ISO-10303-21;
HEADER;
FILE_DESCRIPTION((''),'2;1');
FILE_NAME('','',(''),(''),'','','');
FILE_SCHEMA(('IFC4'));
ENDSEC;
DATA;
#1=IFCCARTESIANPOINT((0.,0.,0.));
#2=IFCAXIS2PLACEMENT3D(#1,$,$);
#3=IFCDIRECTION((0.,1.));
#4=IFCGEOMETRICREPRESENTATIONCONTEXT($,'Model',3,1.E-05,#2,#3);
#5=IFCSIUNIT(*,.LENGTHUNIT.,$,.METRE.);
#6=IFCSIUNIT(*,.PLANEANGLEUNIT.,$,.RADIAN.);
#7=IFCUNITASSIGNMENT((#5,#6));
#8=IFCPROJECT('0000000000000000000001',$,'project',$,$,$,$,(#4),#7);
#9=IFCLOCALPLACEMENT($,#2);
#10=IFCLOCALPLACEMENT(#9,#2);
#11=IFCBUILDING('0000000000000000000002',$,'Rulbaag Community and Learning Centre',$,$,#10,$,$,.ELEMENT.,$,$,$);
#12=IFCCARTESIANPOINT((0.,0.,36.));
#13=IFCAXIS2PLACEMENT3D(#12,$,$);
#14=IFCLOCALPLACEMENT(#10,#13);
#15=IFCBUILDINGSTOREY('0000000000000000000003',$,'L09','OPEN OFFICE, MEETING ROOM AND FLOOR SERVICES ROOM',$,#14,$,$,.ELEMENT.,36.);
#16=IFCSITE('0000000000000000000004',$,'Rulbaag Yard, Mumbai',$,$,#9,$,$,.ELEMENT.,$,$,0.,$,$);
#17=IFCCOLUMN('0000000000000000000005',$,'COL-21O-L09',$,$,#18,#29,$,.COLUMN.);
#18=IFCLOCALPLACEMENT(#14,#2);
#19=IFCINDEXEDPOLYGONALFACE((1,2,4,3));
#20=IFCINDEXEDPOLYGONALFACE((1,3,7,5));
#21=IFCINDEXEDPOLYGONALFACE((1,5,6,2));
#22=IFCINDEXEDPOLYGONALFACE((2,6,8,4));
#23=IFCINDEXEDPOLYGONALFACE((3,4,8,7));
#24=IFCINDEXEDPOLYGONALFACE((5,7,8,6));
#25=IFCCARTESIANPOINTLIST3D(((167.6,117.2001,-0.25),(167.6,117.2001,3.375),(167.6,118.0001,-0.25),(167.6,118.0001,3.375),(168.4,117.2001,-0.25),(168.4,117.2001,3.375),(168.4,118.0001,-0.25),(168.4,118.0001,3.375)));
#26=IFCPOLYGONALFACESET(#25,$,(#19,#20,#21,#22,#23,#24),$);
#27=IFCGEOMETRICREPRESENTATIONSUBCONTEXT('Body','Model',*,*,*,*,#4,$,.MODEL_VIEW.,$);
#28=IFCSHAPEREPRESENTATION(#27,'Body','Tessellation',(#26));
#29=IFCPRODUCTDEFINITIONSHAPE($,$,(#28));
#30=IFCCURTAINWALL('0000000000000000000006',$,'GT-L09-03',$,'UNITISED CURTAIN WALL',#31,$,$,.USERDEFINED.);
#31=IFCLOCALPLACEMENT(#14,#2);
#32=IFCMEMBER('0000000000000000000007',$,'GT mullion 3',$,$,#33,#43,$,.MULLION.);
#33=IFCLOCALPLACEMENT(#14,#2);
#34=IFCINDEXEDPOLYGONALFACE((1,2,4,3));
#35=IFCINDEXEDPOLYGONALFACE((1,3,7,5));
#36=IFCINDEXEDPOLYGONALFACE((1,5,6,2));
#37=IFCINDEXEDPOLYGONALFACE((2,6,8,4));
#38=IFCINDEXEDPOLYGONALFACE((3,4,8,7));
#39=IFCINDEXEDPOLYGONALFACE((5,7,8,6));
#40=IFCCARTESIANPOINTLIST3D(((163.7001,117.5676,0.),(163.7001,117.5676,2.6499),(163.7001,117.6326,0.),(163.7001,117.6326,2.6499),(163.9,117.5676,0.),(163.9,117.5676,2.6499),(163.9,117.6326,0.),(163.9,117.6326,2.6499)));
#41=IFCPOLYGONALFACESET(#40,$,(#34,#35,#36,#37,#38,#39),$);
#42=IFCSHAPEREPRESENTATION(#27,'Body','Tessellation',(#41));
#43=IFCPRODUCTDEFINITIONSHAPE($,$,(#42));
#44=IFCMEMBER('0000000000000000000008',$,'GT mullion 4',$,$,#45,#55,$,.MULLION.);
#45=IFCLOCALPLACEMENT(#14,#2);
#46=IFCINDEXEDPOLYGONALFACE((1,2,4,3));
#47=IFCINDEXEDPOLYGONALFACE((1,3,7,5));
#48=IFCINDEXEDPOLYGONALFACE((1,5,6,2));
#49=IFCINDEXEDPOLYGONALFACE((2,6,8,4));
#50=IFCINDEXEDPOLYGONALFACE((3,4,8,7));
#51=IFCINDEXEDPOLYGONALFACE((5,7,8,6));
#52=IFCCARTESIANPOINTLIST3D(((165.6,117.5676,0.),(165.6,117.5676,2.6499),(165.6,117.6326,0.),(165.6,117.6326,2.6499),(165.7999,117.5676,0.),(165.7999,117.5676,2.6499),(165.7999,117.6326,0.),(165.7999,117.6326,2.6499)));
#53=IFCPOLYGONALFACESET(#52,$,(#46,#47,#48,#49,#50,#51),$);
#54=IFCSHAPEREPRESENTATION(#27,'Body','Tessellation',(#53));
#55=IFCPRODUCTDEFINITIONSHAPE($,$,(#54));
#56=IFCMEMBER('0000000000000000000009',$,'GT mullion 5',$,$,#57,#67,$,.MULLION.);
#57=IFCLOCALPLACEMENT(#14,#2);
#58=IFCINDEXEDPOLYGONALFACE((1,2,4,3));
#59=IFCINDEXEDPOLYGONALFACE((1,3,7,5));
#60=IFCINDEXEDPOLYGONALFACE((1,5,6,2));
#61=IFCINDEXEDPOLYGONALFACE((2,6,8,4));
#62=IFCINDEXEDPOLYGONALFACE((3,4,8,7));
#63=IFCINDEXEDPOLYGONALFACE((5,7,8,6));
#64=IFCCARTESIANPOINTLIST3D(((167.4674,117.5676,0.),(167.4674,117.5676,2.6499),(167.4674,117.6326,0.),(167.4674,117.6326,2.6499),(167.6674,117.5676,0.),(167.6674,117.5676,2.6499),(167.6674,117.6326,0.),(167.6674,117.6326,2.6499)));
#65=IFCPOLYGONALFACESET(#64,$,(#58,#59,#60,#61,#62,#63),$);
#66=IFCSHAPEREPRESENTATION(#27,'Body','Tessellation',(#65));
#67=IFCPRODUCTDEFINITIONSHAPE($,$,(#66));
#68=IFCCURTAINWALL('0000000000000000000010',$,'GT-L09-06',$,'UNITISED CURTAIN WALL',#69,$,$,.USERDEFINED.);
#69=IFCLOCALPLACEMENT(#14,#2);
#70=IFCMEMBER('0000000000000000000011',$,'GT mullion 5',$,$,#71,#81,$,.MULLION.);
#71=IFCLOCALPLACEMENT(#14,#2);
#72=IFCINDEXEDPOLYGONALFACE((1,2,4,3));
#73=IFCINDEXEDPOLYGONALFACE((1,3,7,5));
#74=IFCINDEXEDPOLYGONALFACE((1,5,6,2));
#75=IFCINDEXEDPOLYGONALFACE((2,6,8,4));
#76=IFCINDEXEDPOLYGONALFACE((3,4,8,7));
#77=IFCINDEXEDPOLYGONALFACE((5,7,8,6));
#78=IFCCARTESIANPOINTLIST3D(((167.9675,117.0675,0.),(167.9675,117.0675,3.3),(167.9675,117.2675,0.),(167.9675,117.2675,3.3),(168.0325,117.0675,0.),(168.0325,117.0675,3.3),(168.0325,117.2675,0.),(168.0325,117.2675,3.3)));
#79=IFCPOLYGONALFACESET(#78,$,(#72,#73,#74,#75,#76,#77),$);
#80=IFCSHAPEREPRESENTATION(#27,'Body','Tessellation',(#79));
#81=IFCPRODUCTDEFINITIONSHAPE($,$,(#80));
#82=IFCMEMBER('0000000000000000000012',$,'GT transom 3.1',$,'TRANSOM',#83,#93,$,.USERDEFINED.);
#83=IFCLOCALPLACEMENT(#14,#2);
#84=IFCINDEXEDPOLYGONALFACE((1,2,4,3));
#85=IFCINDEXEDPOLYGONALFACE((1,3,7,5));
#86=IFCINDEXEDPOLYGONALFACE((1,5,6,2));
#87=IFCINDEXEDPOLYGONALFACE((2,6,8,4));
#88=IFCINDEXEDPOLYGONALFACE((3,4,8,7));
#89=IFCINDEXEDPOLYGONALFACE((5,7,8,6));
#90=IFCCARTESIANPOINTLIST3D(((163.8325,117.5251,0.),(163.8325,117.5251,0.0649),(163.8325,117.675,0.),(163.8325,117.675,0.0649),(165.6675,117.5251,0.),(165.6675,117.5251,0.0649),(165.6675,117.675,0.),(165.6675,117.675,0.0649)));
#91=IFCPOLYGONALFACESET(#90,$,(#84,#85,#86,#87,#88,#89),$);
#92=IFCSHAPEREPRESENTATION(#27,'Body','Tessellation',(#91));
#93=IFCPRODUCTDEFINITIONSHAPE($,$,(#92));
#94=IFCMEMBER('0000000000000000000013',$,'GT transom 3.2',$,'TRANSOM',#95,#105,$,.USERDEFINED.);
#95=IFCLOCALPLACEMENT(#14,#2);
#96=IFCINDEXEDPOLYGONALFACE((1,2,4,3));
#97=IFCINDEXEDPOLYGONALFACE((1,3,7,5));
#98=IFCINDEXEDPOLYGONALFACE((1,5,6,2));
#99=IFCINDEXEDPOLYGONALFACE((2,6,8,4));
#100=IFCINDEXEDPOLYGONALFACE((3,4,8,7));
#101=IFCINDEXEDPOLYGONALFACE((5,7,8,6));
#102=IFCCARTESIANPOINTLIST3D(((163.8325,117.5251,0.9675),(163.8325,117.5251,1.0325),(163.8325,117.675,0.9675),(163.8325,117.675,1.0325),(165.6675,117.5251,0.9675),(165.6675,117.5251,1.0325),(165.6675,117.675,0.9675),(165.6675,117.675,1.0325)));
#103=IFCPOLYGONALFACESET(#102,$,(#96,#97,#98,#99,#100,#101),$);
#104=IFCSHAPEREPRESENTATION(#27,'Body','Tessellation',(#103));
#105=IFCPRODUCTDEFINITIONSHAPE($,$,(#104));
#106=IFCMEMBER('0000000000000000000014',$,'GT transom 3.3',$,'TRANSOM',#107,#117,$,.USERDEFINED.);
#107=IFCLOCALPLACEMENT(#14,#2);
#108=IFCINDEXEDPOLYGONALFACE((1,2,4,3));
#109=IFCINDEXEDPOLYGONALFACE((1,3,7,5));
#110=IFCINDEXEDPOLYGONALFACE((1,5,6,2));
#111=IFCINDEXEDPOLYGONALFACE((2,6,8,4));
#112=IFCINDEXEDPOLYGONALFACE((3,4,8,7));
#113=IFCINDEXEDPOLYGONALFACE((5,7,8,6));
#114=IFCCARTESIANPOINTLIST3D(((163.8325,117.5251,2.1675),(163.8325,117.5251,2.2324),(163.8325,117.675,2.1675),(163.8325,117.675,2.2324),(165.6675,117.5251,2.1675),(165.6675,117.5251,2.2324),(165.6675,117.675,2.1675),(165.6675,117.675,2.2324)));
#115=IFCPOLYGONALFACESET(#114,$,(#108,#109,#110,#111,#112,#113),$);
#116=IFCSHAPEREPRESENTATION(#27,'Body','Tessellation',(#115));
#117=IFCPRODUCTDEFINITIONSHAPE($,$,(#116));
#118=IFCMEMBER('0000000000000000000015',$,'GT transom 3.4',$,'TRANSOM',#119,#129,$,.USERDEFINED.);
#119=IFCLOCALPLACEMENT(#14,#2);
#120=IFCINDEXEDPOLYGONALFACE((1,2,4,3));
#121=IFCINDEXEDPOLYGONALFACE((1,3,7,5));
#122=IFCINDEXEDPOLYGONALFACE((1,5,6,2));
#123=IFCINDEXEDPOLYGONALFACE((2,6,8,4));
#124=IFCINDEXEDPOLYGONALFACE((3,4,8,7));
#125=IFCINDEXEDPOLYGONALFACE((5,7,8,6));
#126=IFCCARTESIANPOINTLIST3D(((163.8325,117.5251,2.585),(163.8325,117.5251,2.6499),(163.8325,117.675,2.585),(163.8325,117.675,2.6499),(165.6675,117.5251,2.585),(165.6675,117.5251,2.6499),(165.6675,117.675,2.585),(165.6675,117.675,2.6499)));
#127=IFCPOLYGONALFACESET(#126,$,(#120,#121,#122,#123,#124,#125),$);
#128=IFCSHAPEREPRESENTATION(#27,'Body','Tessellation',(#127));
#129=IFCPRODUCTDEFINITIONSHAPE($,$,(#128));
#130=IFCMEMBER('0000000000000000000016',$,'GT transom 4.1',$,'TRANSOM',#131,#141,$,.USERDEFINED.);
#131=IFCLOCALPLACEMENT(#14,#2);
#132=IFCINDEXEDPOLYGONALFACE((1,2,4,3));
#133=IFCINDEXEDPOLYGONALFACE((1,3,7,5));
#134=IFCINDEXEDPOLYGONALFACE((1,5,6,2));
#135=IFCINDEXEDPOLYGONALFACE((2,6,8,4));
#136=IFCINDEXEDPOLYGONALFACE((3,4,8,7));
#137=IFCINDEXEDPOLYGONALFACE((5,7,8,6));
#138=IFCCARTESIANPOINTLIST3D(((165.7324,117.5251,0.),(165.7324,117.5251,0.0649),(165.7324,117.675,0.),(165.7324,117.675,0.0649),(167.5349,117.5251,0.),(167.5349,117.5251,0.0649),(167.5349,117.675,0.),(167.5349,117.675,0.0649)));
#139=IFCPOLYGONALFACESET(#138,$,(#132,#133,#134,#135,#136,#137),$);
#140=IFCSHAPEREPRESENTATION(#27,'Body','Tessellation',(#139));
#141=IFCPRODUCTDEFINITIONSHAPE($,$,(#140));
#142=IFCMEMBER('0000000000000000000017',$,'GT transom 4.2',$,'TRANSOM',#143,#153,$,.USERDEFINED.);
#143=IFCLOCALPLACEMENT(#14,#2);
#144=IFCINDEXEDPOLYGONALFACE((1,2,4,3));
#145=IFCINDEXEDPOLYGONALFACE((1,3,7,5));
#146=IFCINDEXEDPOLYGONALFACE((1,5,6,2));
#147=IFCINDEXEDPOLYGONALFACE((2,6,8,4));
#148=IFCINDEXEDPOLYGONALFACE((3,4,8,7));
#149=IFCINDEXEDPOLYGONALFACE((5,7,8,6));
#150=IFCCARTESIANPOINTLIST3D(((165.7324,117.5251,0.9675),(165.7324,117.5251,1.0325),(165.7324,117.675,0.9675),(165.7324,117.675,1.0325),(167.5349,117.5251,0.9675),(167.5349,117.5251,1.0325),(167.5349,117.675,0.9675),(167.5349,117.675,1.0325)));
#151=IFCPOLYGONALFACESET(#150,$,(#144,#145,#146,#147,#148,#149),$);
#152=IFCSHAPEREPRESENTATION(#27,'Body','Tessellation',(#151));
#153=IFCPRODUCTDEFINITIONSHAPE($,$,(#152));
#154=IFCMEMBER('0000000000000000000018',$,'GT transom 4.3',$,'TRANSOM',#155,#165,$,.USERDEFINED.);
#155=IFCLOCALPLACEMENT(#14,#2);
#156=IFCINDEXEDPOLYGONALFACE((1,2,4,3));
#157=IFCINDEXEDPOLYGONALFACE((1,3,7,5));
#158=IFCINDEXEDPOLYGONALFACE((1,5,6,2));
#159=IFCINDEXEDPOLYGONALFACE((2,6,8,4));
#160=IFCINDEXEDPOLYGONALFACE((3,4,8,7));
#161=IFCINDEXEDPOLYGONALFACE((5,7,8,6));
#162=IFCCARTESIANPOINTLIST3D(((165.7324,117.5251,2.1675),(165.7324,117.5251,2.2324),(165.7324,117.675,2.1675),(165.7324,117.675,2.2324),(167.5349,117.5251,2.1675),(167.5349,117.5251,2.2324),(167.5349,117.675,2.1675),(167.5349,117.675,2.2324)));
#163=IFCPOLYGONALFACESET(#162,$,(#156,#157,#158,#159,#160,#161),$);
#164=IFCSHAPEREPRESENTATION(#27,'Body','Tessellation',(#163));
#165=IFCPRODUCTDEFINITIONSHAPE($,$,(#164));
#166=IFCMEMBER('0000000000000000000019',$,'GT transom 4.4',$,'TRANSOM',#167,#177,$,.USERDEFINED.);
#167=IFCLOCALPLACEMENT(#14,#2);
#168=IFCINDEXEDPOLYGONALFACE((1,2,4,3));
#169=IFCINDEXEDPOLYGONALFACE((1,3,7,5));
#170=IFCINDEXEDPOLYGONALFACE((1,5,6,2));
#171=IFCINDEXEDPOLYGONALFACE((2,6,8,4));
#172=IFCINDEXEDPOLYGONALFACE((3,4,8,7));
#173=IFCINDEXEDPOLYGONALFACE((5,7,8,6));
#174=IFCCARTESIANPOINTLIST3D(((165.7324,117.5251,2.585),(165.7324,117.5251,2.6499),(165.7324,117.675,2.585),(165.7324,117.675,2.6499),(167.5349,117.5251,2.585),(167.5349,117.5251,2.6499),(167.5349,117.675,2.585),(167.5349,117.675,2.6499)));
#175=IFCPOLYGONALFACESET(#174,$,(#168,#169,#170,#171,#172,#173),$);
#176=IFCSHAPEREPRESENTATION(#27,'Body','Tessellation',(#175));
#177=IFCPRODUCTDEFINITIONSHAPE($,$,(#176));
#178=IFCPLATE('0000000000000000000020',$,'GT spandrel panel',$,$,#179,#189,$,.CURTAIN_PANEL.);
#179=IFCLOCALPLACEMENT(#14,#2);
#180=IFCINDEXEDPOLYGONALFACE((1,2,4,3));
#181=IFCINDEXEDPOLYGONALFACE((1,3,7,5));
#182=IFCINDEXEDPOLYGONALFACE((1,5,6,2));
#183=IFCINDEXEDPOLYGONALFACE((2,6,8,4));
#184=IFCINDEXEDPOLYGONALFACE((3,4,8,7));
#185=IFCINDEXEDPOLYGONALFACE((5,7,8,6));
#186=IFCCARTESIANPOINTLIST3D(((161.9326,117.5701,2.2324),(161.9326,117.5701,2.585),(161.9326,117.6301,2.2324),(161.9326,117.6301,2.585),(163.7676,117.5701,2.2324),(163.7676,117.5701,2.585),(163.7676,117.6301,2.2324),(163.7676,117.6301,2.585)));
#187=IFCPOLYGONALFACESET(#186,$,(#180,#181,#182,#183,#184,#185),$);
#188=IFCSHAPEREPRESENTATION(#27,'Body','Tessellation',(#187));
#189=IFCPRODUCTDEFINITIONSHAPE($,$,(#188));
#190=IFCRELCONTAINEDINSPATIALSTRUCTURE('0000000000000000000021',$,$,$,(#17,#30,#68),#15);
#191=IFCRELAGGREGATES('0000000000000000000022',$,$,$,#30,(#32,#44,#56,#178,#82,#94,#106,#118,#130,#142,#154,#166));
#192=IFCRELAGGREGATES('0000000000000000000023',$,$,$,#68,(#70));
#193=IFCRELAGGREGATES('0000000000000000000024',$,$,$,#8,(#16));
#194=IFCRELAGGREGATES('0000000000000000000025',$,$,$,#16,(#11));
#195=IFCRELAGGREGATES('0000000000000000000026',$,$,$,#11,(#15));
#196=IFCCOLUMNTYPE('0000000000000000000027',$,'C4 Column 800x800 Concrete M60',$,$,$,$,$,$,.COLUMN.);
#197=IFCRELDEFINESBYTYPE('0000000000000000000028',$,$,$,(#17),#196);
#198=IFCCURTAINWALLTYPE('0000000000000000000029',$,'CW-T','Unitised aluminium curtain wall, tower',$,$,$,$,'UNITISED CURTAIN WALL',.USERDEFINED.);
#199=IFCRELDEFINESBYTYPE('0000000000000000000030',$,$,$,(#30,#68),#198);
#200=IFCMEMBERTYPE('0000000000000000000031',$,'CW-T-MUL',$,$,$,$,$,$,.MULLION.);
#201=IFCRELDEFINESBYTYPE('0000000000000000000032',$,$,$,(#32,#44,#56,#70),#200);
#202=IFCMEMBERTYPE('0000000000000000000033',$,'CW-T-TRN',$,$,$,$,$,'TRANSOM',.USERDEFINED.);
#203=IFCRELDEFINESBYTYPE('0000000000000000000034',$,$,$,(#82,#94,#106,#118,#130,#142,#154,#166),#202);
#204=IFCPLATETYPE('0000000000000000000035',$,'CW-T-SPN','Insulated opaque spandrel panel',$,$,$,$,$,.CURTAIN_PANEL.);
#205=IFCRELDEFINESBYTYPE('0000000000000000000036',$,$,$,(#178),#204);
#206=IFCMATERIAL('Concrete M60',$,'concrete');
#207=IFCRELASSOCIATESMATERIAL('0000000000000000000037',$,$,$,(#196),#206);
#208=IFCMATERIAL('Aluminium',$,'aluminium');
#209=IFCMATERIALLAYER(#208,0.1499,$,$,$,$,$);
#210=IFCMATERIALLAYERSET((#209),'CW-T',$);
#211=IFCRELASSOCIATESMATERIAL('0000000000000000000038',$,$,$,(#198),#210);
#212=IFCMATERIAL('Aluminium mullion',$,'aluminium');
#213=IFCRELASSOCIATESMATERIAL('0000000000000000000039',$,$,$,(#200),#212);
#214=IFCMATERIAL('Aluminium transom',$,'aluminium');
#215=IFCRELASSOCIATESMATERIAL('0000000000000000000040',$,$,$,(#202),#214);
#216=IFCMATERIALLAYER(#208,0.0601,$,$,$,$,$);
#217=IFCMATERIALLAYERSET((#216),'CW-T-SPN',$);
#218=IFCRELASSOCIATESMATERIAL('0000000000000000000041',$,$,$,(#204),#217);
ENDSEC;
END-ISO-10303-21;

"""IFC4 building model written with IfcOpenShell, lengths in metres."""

from ifc_helpers import new_model, si_unit, direction, frame, origin, origin_2d, place, context, subcontext, project, spatial, rectangle, extrude, material, layer, layer_set, material_profile, profile_set, type_object, element, aggregate, save


model = new_model("IFC4")

# Units and contexts
model_context = context("Model", 3, precision=1e-05, world=origin(), true_north=direction((0.0, 1.0)))
body_context = subcontext(model_context, "Body", "Model", "MODEL_VIEW")
ifc_project = project(units=[si_unit("LENGTHUNIT", "METRE"), si_unit("PLANEANGLEUNIT", "RADIAN")], contexts=[model_context])

# Site, building, storey
site_placement = place(None, origin())
site = spatial("IfcSite", under=ifc_project, at=site_placement, Name="Rulbaag Yard, Mumbai", CompositionType="ELEMENT", RefElevation=0.0)
building_placement = place(site_placement, origin())
building = spatial("IfcBuilding", under=site, at=building_placement, Name="Rulbaag Community and Learning Centre", CompositionType="ELEMENT")
storey_placement = place(building_placement, frame((0.0, 0.0, 36.0)))
storey = spatial("IfcBuildingStorey", under=building, at=storey_placement, Name="L09", Description="OPEN OFFICE, MEETING ROOM AND FLOOR SERVICES ROOM", CompositionType="ELEMENT", Elevation=36.0)

# Column
ifc_material_1 = material(Name="Concrete M60", Category="concrete")
ifc_material_profile_1 = material_profile(ifc_material_1, rectangle(XDim=0.8, YDim=0.8, at=origin_2d()), Name="RC800x800")
ifc_profile_set_1 = profile_set([ifc_material_profile_1], Name="Concrete M60")
column_type = type_object("IfcColumnType", Name="C4 Column 800x800 Concrete M60", PredefinedType="COLUMN", material=ifc_profile_set_1)
column_placement = place(storey_placement, frame((168.0, 117.6001, -0.25), z_axis=(0.0, 0.0, 1.0), x_axis=(1.0, 0.0, 0.0)))
element("IfcColumn", 1, at=column_placement, inside=storey, type_object=column_type, Name="COL-21O-L09", PredefinedType="COLUMN", context=body_context, shape_type="SweptSolid", body=[
    extrude(rectangle(XDim=0.8, YDim=0.8, at=origin_2d()), origin(), (0.0, 0.0, 1.0), 3.625),
])

# Curtain wall, members
ifc_material_2 = material(Name="Aluminium", Category="aluminium")
ifc_layer_1 = layer(ifc_material_2, 0.1499)
ifc_layer_set_1 = layer_set([ifc_layer_1], Name="CW-T")
curtain_wall_type = type_object("IfcCurtainWallType", Name="CW-T", Description="Unitised aluminium curtain wall, tower", ElementType="UNITISED CURTAIN WALL", PredefinedType="USERDEFINED", material=ifc_layer_set_1)
curtain_wall_1_placement = place(storey_placement, origin())
curtain_wall_1 = element("IfcCurtainWall", 2, at=curtain_wall_1_placement, inside=storey, type_object=curtain_wall_type, Name="GT-L09-03", ObjectType="UNITISED CURTAIN WALL", PredefinedType="USERDEFINED")
ifc_material_3 = material(Name="Aluminium mullion", Category="aluminium")
ifc_material_profile_2 = material_profile(ifc_material_3, rectangle(XDim=0.0649, YDim=0.2, at=origin_2d()), Name="AL 65x200")
ifc_profile_set_2 = profile_set([ifc_material_profile_2], Name="Aluminium mullion")
member_type_1 = type_object("IfcMemberType", Name="CW-T-MUL", PredefinedType="MULLION", material=ifc_profile_set_2)
member_1_placement = place(storey_placement, frame((163.8, 117.6001, 0.0), z_axis=(0.0, 0.0, 1.0), x_axis=(0.0, 1.0, 0.0)))
member_1 = element("IfcMember", 3, at=member_1_placement, type_object=member_type_1, Name="GT mullion 3", PredefinedType="MULLION", context=body_context, shape_type="SweptSolid", body=[
    extrude(rectangle(XDim=0.0649, YDim=0.2, at=origin_2d()), origin(), (0.0, 0.0, 1.0), 2.6499),
])
member_2_placement = place(storey_placement, frame((165.7, 117.6001, 0.0), z_axis=(0.0, 0.0, 1.0), x_axis=(0.0, 1.0, 0.0)))
member_2 = element("IfcMember", 4, at=member_2_placement, type_object=member_type_1, Name="GT mullion 4", PredefinedType="MULLION", context=body_context, shape_type="SweptSolid", body=[
    extrude(rectangle(XDim=0.0649, YDim=0.2, at=origin_2d()), origin(), (0.0, 0.0, 1.0), 2.6499),
])
member_3_placement = place(storey_placement, frame((167.5674, 117.6001, 0.0), z_axis=(0.0, 0.0, 1.0), x_axis=(0.0, 1.0, 0.0)))
member_3 = element("IfcMember", 5, at=member_3_placement, type_object=member_type_1, Name="GT mullion 5", PredefinedType="MULLION", context=body_context, shape_type="SweptSolid", body=[
    extrude(rectangle(XDim=0.0649, YDim=0.2, at=origin_2d()), origin(), (0.0, 0.0, 1.0), 2.6499),
])

# Curtain wall, member
curtain_wall_2_placement = place(storey_placement, origin())
curtain_wall_2 = element("IfcCurtainWall", 6, at=curtain_wall_2_placement, inside=storey, type_object=curtain_wall_type, Name="GT-L09-06", ObjectType="UNITISED CURTAIN WALL", PredefinedType="USERDEFINED")
member_4_placement = place(storey_placement, frame((168.0, 117.1675, 0.0), z_axis=(0.0, 0.0, 1.0), x_axis=(-1.0, 0.0, 0.0)))
member_4 = element("IfcMember", 7, at=member_4_placement, type_object=member_type_1, Name="GT mullion 5", PredefinedType="MULLION", context=body_context, shape_type="SweptSolid", body=[
    extrude(rectangle(XDim=0.0649, YDim=0.2, at=origin_2d()), origin(), (0.0, 0.0, 1.0), 3.3),
])

# Members
ifc_material_4 = material(Name="Aluminium transom", Category="aluminium")
ifc_material_profile_3 = material_profile(ifc_material_4, rectangle(XDim=0.1499, YDim=0.0649, at=origin_2d()), Name="AL 65x150 T")
ifc_profile_set_3 = profile_set([ifc_material_profile_3], Name="Aluminium transom")
member_type_2 = type_object("IfcMemberType", Name="CW-T-TRN", ElementType="TRANSOM", PredefinedType="USERDEFINED", material=ifc_profile_set_3)
member_5_placement = place(storey_placement, frame((163.8325, 117.6001, 0.0325), z_axis=(1.0, 0.0, 0.0), x_axis=(0.0, 1.0, 0.0)))
member_5 = element("IfcMember", 8, at=member_5_placement, type_object=member_type_2, Name="GT transom 3.1", ObjectType="TRANSOM", PredefinedType="USERDEFINED", context=body_context, shape_type="SweptSolid", body=[
    extrude(rectangle(XDim=0.1499, YDim=0.0649, at=origin_2d()), origin(), (0.0, 0.0, 1.0), 1.835),
])
member_6_placement = place(storey_placement, frame((163.8325, 117.6001, 1.0), z_axis=(1.0, 0.0, 0.0), x_axis=(0.0, 1.0, 0.0)))
member_6 = element("IfcMember", 9, at=member_6_placement, type_object=member_type_2, Name="GT transom 3.2", ObjectType="TRANSOM", PredefinedType="USERDEFINED", context=body_context, shape_type="SweptSolid", body=[
    extrude(rectangle(XDim=0.1499, YDim=0.0649, at=origin_2d()), origin(), (0.0, 0.0, 1.0), 1.835),
])
member_7_placement = place(storey_placement, frame((163.8325, 117.6001, 2.2), z_axis=(1.0, 0.0, 0.0), x_axis=(0.0, 1.0, 0.0)))
member_7 = element("IfcMember", 10, at=member_7_placement, type_object=member_type_2, Name="GT transom 3.3", ObjectType="TRANSOM", PredefinedType="USERDEFINED", context=body_context, shape_type="SweptSolid", body=[
    extrude(rectangle(XDim=0.1499, YDim=0.0649, at=origin_2d()), origin(), (0.0, 0.0, 1.0), 1.835),
])
member_8_placement = place(storey_placement, frame((163.8325, 117.6001, 2.6174), z_axis=(1.0, 0.0, 0.0), x_axis=(0.0, 1.0, 0.0)))
member_8 = element("IfcMember", 11, at=member_8_placement, type_object=member_type_2, Name="GT transom 3.4", ObjectType="TRANSOM", PredefinedType="USERDEFINED", context=body_context, shape_type="SweptSolid", body=[
    extrude(rectangle(XDim=0.1499, YDim=0.0649, at=origin_2d()), origin(), (0.0, 0.0, 1.0), 1.835),
])
member_9_placement = place(storey_placement, frame((165.7324, 117.6001, 0.0325), z_axis=(1.0, 0.0, 0.0), x_axis=(0.0, 1.0, 0.0)))
member_9 = element("IfcMember", 12, at=member_9_placement, type_object=member_type_2, Name="GT transom 4.1", ObjectType="TRANSOM", PredefinedType="USERDEFINED", context=body_context, shape_type="SweptSolid", body=[
    extrude(rectangle(XDim=0.1499, YDim=0.0649, at=origin_2d()), origin(), (0.0, 0.0, 1.0), 1.8025),
])
member_10_placement = place(storey_placement, frame((165.7324, 117.6001, 1.0), z_axis=(1.0, 0.0, 0.0), x_axis=(0.0, 1.0, 0.0)))
member_10 = element("IfcMember", 13, at=member_10_placement, type_object=member_type_2, Name="GT transom 4.2", ObjectType="TRANSOM", PredefinedType="USERDEFINED", context=body_context, shape_type="SweptSolid", body=[
    extrude(rectangle(XDim=0.1499, YDim=0.0649, at=origin_2d()), origin(), (0.0, 0.0, 1.0), 1.8025),
])
member_11_placement = place(storey_placement, frame((165.7324, 117.6001, 2.2), z_axis=(1.0, 0.0, 0.0), x_axis=(0.0, 1.0, 0.0)))
member_11 = element("IfcMember", 14, at=member_11_placement, type_object=member_type_2, Name="GT transom 4.3", ObjectType="TRANSOM", PredefinedType="USERDEFINED", context=body_context, shape_type="SweptSolid", body=[
    extrude(rectangle(XDim=0.1499, YDim=0.0649, at=origin_2d()), origin(), (0.0, 0.0, 1.0), 1.8025),
])
member_12_placement = place(storey_placement, frame((165.7324, 117.6001, 2.6174), z_axis=(1.0, 0.0, 0.0), x_axis=(0.0, 1.0, 0.0)))
member_12 = element("IfcMember", 15, at=member_12_placement, type_object=member_type_2, Name="GT transom 4.4", ObjectType="TRANSOM", PredefinedType="USERDEFINED", context=body_context, shape_type="SweptSolid", body=[
    extrude(rectangle(XDim=0.1499, YDim=0.0649, at=origin_2d()), origin(), (0.0, 0.0, 1.0), 1.8025),
])

# Plate
ifc_layer_2 = layer(ifc_material_2, 0.0601)
ifc_layer_set_2 = layer_set([ifc_layer_2], Name="CW-T-SPN")
plate_type_1 = type_object("IfcPlateType", Name="CW-T-SPN", Description="Insulated opaque spandrel panel", PredefinedType="CURTAIN_PANEL", material=ifc_layer_set_2)
plate_1_placement = place(storey_placement, frame((162.8501, 117.6001, 2.2324), z_axis=(0.0, 0.0, 1.0), x_axis=(1.0, 0.0, 0.0)))
plate_1 = element("IfcPlate", 16, at=plate_1_placement, type_object=plate_type_1, Name="GT spandrel panel", PredefinedType="CURTAIN_PANEL", context=body_context, shape_type="SweptSolid", body=[
    extrude(rectangle(XDim=1.835, YDim=0.0601, at=origin_2d()), origin(), (0.0, 0.0, 1.0), 0.3525),
])
aggregate(curtain_wall_1, [member_1, member_2, member_3, plate_1, member_5, member_6, member_7, member_8, member_9, member_10, member_11, member_12])
aggregate(curtain_wall_2, [member_4])

save(model, "model.ifc")
